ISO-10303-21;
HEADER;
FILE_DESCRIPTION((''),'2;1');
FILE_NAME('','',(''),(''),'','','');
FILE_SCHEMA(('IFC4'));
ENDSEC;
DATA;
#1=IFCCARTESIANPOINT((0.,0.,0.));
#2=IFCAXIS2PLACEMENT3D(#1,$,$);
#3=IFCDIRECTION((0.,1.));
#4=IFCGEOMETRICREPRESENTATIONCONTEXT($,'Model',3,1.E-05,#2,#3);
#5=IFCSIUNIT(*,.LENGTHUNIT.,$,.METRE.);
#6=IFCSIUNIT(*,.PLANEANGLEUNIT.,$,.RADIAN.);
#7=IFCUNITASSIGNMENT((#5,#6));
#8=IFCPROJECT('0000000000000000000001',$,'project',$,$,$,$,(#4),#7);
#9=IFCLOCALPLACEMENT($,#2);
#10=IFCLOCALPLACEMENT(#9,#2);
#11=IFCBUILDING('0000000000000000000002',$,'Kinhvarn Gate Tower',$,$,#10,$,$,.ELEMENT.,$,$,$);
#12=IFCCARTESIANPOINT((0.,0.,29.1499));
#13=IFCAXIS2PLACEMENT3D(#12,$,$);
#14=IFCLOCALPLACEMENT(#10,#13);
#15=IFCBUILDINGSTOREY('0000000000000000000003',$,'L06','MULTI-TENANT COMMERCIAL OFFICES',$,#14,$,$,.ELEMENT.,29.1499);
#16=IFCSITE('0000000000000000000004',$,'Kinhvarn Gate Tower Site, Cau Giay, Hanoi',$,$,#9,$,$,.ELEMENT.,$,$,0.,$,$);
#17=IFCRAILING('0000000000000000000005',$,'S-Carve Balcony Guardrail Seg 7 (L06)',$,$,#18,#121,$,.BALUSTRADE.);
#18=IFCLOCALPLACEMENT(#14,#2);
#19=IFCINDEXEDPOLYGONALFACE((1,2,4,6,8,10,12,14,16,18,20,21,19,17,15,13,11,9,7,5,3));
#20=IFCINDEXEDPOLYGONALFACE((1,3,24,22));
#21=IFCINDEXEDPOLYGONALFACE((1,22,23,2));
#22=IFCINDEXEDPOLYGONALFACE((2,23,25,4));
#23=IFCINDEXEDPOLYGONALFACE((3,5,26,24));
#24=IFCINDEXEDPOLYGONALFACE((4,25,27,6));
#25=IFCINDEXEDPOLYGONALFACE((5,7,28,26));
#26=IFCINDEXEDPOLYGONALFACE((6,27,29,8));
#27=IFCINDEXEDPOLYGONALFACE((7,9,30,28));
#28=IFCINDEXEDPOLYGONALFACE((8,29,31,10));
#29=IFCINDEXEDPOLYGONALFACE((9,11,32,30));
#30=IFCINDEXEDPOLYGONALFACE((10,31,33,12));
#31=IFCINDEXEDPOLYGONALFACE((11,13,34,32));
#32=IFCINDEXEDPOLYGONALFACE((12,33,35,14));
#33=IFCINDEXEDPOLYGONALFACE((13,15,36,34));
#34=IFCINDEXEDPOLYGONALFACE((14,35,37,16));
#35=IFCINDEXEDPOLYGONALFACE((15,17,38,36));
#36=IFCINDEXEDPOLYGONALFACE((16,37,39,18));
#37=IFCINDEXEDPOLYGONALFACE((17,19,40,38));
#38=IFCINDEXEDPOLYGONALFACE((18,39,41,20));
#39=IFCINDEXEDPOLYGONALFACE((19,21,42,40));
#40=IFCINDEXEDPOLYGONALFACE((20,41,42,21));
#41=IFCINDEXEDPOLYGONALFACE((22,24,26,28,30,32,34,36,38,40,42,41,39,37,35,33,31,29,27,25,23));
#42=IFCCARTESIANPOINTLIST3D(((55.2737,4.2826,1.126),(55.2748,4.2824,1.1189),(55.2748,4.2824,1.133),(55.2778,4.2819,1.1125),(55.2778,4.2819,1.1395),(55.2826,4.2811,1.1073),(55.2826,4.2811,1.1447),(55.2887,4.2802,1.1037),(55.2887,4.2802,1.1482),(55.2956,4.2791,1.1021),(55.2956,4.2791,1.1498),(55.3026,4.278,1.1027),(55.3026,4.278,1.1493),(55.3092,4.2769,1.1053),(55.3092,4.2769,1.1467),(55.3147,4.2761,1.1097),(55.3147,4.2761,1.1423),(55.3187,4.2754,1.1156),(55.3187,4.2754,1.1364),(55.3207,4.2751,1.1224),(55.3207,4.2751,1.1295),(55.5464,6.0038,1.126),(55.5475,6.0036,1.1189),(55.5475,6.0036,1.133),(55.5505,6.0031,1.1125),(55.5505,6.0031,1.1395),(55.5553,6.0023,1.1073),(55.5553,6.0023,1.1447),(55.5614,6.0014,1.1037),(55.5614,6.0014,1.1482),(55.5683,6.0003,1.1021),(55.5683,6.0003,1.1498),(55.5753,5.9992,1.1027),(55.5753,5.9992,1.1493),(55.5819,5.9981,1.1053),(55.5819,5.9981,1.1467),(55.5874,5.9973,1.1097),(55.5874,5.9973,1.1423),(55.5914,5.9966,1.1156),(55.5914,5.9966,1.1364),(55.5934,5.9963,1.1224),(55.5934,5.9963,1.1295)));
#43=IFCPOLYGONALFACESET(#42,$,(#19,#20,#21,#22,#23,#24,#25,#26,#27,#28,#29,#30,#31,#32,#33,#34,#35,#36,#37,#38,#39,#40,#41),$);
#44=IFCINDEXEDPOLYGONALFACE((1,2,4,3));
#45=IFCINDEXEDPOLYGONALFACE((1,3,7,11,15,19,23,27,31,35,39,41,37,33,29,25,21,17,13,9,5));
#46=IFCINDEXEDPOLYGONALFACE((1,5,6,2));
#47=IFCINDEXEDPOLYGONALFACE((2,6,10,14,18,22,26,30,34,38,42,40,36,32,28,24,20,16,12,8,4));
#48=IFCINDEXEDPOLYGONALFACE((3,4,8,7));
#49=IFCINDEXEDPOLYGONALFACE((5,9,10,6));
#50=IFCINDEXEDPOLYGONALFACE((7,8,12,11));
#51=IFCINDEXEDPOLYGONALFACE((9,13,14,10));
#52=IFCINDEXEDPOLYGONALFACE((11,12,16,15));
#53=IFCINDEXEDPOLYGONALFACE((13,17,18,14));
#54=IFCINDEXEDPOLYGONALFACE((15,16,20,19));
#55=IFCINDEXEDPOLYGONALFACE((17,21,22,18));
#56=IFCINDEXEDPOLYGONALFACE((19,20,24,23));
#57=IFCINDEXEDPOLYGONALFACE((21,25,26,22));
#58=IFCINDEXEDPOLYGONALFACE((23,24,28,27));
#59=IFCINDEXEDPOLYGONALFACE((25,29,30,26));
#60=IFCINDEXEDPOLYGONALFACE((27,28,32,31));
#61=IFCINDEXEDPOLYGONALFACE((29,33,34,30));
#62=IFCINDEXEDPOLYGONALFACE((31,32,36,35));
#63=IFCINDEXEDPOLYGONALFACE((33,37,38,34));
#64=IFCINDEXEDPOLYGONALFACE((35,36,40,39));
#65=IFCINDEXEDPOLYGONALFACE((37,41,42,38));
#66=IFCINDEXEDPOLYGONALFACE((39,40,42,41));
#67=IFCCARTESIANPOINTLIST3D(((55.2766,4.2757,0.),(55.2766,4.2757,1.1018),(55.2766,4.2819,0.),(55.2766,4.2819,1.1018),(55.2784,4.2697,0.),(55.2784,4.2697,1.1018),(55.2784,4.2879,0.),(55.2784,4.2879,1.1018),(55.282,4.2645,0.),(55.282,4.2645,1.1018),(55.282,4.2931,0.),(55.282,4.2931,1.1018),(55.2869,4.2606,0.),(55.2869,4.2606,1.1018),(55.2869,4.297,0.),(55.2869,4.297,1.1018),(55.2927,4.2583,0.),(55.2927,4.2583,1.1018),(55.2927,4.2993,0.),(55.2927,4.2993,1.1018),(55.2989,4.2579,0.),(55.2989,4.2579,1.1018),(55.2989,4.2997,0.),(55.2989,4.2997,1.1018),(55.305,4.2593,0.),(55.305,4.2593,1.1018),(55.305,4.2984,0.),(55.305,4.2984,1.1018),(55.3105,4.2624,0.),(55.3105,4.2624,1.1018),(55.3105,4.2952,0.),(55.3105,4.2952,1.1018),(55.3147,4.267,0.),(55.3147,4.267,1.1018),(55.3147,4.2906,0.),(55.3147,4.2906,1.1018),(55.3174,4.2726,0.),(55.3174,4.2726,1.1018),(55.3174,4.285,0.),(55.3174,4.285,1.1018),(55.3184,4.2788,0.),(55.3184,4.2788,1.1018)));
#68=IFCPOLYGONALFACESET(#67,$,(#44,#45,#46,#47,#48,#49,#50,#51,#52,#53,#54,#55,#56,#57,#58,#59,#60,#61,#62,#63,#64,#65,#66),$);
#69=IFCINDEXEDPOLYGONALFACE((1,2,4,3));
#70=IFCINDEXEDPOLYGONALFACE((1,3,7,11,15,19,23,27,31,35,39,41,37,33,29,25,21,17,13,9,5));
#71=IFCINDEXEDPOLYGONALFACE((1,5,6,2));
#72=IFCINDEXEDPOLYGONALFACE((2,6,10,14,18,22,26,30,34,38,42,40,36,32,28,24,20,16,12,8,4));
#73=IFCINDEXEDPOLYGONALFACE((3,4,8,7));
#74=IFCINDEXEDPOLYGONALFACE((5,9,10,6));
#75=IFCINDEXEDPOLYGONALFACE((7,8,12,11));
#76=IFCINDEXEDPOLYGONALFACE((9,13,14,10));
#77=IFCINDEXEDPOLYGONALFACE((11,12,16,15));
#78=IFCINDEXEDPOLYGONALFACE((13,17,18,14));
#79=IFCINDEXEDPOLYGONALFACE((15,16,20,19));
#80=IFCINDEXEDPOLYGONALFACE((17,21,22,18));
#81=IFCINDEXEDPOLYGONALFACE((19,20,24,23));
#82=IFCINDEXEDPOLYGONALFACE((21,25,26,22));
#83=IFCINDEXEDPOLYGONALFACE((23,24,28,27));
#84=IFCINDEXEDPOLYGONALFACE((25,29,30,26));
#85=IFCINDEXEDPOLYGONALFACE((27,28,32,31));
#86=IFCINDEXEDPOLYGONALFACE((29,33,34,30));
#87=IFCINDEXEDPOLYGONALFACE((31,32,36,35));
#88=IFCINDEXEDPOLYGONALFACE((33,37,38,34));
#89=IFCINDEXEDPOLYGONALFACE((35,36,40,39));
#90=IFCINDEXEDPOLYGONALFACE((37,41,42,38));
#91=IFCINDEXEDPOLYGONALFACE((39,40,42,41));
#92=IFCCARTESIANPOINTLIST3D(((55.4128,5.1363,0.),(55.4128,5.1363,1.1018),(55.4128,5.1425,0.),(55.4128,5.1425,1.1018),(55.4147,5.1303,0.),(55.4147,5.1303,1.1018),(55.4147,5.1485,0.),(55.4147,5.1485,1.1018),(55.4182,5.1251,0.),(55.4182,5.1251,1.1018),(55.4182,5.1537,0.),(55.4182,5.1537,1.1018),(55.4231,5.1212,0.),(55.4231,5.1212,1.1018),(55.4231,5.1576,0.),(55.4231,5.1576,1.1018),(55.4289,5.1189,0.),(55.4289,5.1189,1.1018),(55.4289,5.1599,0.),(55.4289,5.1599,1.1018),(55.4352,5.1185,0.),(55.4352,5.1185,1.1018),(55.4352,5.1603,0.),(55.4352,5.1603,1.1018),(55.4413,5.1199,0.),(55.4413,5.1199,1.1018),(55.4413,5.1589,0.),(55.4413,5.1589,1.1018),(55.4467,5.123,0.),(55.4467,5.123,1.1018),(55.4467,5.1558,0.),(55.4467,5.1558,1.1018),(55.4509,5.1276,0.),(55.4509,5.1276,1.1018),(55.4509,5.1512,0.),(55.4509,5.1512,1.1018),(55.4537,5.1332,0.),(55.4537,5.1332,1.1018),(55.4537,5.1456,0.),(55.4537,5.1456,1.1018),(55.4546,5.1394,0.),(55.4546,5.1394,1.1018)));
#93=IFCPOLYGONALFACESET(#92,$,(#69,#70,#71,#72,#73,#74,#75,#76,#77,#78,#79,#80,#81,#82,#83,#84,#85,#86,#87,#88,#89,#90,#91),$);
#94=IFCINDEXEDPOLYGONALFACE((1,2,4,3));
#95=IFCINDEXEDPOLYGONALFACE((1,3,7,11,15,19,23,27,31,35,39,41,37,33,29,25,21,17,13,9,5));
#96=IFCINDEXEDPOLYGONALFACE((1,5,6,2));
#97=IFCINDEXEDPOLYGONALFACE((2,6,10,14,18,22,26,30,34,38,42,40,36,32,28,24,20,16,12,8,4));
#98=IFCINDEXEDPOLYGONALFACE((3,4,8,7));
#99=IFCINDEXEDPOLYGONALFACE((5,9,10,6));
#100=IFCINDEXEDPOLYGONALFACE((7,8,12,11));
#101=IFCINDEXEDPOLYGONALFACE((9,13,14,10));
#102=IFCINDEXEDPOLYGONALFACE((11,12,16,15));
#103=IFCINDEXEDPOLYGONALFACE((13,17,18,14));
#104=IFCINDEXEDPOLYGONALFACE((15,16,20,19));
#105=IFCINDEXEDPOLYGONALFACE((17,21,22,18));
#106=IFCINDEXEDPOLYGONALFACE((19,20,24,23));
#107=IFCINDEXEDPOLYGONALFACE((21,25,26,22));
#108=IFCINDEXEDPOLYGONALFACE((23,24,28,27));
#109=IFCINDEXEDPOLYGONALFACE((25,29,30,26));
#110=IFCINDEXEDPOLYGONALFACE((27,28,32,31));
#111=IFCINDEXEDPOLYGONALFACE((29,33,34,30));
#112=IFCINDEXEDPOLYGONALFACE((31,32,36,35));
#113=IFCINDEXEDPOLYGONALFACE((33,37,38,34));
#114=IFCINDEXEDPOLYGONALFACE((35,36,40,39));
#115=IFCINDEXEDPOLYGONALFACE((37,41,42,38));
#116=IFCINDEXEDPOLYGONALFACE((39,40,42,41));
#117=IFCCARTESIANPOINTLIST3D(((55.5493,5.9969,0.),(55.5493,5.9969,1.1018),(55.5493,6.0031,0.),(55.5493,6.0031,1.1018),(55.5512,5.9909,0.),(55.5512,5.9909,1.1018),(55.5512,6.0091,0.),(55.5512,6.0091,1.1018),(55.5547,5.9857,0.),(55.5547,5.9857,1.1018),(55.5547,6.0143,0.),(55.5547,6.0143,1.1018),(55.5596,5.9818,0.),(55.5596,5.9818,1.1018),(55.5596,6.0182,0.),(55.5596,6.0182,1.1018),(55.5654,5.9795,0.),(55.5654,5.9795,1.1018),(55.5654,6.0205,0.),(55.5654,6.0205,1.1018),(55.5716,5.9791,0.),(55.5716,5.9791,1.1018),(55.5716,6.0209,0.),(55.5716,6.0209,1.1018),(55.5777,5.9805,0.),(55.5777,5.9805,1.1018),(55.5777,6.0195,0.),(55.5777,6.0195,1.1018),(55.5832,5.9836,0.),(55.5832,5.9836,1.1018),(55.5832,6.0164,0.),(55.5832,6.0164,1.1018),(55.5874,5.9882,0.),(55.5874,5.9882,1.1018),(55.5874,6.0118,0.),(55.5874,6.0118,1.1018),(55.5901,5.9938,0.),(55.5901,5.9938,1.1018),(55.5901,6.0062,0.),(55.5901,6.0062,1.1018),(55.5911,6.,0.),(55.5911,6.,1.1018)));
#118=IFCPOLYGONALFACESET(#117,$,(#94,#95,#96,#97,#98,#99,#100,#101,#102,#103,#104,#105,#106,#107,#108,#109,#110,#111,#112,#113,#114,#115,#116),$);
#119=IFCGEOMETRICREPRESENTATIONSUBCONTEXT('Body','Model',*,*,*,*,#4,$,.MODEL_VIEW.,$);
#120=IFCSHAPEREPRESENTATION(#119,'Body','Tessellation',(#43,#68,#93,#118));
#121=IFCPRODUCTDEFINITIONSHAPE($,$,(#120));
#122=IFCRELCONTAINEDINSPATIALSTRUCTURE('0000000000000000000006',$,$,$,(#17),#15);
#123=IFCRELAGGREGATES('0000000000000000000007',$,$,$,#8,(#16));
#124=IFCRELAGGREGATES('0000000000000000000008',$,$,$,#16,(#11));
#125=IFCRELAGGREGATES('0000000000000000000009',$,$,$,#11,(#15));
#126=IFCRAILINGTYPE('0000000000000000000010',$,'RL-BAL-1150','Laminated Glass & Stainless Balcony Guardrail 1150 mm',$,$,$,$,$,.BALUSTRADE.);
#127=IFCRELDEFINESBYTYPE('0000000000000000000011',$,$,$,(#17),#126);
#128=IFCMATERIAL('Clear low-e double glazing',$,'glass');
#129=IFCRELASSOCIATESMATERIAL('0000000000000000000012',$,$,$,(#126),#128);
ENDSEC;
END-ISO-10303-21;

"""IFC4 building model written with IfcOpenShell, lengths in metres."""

from ifc_helpers import new_model, si_unit, direction, frame, origin, origin_2d, place, context, subcontext, project, spatial, circle, extrude, material, type_object, element, save


model = new_model("IFC4")

# Units and contexts
model_context = context("Model", 3, precision=1e-05, world=origin(), true_north=direction((0.0, 1.0)))
body_context = subcontext(model_context, "Body", "Model", "MODEL_VIEW")
ifc_project = project(units=[si_unit("LENGTHUNIT", "METRE"), si_unit("PLANEANGLEUNIT", "RADIAN")], contexts=[model_context])

# Site, building, storey
site_placement = place(None, origin())
site = spatial("IfcSite", under=ifc_project, at=site_placement, Name="Kinhvarn Gate Tower Site, Cau Giay, Hanoi", CompositionType="ELEMENT", RefElevation=0.0)
building_placement = place(site_placement, origin())
building = spatial("IfcBuilding", under=site, at=building_placement, Name="Kinhvarn Gate Tower", CompositionType="ELEMENT")
storey_placement = place(building_placement, frame((0.0, 0.0, 29.1499)))
storey = spatial("IfcBuildingStorey", under=building, at=storey_placement, Name="L06", Description="MULTI-TENANT COMMERCIAL OFFICES", CompositionType="ELEMENT", Elevation=29.1499)

# Shared definitions
ifc_material_1 = material(Name="Clear low-e double glazing", Category="glass")

# Railing
railing_type = type_object("IfcRailingType", Name="RL-BAL-1150", Description="Laminated Glass & Stainless Balcony Guardrail 1150 mm", PredefinedType="BALUSTRADE", material=ifc_material_1)
railing_1_placement = place(storey_placement, frame((55.2974, 4.2788, 0.0)))
element("IfcRailing", 1, at=railing_1_placement, inside=storey, type_object=railing_type, Name="S-Carve Balcony Guardrail Seg 7 (L06)", PredefinedType="BALUSTRADE", context=body_context, shape_type="SweptSolid", body=[
    extrude(circle(Radius=0.0239, at=origin_2d()), frame((0.0, 0.0, 1.126), z_axis=(0.156488, 0.98768, 0.0), x_axis=(-0.98768, 0.156488, 0.0)), (0.0, 0.0, 1.0), 1.7427),
    extrude(circle(Radius=0.021, at=origin_2d()), origin(), (0.0, 0.0, 1.0), 1.1018),
    extrude(circle(Radius=0.021, at=origin_2d()), frame((0.1362, 0.8606, 0.0)), (0.0, 0.0, 1.0), 1.1018),
    extrude(circle(Radius=0.021, at=origin_2d()), frame((0.2727, 1.7212, 0.0)), (0.0, 0.0, 1.0), 1.1018),
])

save(model, "model.ifc")
